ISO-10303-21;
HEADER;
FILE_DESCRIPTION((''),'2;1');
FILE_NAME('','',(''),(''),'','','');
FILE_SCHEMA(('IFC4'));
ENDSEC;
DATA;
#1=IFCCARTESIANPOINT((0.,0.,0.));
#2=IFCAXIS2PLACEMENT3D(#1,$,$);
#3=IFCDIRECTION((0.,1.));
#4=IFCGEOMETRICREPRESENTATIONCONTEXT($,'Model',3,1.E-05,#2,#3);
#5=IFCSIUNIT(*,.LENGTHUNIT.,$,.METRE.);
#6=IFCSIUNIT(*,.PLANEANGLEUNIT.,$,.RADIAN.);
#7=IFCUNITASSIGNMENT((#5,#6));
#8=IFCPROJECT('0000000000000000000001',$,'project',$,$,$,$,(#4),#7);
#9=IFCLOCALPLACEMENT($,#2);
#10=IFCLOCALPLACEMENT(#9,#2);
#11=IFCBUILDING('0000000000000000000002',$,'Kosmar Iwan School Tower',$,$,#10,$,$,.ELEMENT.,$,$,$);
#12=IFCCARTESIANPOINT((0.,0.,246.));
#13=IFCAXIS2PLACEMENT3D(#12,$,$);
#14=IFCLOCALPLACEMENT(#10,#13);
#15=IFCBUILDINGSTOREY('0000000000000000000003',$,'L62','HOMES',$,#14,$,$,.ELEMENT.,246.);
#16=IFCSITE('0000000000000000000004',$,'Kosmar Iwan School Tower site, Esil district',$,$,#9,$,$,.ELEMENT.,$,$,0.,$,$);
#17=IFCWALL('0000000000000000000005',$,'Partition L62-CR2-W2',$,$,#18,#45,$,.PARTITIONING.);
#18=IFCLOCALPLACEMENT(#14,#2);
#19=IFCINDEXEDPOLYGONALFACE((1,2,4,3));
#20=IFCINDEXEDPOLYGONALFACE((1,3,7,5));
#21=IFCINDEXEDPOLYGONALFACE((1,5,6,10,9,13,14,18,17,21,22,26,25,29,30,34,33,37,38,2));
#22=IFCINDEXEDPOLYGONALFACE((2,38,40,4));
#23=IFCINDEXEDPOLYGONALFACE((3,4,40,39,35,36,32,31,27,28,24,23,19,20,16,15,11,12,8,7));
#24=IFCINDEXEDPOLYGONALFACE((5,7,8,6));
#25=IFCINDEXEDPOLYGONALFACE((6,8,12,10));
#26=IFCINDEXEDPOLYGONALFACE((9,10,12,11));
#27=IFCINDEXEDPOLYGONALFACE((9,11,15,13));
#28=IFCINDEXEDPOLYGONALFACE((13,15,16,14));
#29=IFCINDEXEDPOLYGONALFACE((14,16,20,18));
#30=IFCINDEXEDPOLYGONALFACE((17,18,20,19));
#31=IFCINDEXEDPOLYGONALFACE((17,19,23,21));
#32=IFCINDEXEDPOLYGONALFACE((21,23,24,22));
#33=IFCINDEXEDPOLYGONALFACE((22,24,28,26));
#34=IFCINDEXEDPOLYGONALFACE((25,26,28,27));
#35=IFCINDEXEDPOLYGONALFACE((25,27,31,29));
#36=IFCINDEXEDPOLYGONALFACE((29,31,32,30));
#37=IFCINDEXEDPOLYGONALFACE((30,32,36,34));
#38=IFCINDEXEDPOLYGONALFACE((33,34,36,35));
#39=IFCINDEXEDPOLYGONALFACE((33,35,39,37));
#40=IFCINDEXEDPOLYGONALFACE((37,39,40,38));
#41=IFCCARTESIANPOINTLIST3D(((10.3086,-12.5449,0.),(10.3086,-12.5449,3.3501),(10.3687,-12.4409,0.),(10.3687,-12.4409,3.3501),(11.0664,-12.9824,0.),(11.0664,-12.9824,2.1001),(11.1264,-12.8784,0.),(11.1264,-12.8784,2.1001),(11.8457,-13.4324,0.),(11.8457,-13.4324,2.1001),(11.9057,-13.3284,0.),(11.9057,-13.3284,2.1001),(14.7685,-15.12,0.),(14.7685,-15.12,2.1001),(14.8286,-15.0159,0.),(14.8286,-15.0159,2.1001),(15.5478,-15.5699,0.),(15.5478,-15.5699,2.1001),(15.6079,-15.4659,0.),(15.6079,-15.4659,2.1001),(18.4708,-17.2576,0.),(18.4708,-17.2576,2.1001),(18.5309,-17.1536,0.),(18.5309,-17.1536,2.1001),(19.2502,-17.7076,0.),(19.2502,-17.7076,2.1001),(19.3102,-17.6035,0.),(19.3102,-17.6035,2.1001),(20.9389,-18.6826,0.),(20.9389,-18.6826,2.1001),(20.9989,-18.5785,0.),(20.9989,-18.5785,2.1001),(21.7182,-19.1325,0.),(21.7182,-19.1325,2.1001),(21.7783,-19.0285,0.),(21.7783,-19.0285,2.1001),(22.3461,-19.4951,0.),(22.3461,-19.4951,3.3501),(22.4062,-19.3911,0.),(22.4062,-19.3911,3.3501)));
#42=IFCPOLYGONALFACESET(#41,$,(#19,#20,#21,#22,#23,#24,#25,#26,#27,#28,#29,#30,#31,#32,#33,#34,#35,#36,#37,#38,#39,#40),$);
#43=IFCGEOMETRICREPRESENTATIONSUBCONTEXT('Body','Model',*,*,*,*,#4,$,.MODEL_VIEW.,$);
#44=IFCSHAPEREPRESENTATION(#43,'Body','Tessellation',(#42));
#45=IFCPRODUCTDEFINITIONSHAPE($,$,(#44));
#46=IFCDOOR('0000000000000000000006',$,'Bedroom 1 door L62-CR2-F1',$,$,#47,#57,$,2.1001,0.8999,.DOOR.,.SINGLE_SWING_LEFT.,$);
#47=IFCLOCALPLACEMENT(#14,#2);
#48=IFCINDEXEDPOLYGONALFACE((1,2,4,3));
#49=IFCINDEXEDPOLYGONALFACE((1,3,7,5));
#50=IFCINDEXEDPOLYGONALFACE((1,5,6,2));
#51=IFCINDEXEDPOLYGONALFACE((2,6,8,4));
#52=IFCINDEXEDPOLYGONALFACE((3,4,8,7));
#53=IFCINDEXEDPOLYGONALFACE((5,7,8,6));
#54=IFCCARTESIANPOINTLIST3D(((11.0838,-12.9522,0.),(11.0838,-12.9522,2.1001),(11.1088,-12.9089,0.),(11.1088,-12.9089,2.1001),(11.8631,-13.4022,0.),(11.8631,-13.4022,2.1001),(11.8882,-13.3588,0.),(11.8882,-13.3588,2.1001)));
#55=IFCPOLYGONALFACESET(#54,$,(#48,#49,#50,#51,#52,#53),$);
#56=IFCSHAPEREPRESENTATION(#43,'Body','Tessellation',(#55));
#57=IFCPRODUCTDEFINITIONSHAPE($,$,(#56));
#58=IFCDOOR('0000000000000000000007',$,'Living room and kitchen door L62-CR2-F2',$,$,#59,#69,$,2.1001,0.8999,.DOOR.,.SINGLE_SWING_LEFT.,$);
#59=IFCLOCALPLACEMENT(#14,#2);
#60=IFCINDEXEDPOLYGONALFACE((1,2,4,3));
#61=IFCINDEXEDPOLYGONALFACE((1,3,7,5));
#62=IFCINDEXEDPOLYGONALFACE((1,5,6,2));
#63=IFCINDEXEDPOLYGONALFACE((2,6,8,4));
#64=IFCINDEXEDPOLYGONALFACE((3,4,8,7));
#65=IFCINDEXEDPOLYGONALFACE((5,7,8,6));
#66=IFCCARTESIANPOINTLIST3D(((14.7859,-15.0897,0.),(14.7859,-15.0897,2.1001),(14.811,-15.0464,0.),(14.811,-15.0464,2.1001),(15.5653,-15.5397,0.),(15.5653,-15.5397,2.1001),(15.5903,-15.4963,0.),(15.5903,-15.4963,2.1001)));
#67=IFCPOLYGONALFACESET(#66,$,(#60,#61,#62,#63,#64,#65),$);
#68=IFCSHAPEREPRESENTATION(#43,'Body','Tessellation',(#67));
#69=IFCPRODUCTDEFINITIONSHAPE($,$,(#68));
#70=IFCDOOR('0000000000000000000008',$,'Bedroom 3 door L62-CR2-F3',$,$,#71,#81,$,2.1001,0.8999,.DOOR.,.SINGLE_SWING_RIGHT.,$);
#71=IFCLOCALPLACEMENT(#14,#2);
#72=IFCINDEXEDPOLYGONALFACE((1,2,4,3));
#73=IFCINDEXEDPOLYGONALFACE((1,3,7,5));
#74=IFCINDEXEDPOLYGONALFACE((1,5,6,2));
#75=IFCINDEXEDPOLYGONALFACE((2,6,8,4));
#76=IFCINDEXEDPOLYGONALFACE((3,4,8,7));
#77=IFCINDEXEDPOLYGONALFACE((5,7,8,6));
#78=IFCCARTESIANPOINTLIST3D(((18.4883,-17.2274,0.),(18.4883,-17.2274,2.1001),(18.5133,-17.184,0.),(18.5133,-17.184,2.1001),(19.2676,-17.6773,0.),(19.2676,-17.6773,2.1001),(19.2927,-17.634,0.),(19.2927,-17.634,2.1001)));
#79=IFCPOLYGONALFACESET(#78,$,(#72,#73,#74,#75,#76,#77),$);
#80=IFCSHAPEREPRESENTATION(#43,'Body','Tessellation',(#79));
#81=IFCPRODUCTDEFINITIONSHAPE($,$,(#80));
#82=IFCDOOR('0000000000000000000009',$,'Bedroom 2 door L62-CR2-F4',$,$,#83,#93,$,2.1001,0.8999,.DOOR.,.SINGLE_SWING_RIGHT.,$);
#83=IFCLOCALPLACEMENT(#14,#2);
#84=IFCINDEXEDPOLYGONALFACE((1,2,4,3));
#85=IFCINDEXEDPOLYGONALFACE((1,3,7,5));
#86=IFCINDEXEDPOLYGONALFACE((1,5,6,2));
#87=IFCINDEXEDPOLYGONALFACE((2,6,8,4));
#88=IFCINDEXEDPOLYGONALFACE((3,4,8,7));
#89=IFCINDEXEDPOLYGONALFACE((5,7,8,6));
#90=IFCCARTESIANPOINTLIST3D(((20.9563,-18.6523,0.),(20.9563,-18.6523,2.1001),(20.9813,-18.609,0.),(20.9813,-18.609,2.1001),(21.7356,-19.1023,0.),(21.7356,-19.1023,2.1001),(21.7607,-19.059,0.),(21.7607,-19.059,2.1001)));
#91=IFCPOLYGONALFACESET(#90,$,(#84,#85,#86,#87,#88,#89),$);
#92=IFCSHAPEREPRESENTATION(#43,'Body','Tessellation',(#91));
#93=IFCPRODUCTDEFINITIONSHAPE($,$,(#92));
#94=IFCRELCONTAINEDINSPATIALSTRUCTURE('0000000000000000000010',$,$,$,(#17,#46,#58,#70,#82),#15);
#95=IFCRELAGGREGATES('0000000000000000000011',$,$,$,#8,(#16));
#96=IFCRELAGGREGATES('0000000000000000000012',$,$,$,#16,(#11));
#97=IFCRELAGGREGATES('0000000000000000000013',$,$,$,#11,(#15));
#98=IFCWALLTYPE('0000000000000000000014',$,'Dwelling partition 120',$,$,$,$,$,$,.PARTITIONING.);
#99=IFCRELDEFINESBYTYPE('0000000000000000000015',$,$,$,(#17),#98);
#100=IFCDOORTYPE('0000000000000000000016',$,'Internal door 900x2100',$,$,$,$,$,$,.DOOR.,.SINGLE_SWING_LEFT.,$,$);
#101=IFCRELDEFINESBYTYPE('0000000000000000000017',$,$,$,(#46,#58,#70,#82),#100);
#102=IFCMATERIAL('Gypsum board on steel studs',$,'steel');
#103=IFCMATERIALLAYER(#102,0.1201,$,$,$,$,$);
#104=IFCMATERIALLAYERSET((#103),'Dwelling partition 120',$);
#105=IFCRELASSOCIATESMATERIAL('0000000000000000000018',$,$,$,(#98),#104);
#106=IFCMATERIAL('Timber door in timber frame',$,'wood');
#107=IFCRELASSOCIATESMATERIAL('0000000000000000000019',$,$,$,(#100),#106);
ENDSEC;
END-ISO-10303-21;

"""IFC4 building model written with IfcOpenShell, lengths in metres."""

from ifc_helpers import new_model, si_unit, direction, frame, frame_2d, origin, place, context, subcontext, project, spatial, rectangle, extrude, material, layer, layer_set, type_object, element, fill, save


model = new_model("IFC4")

# Units and contexts
model_context = context("Model", 3, precision=1e-05, world=origin(), true_north=direction((0.0, 1.0)))
body_context = subcontext(model_context, "Body", "Model", "MODEL_VIEW")
ifc_project = project(units=[si_unit("LENGTHUNIT", "METRE"), si_unit("PLANEANGLEUNIT", "RADIAN")], contexts=[model_context])

# Site, building, storey
site_placement = place(None, origin())
site = spatial("IfcSite", under=ifc_project, at=site_placement, Name="Kosmar Iwan School Tower site, Esil district", CompositionType="ELEMENT", RefElevation=0.0)
building_placement = place(site_placement, origin())
building = spatial("IfcBuilding", under=site, at=building_placement, Name="Kosmar Iwan School Tower", CompositionType="ELEMENT")
storey_placement = place(building_placement, frame((0.0, 0.0, 246.0)))
storey = spatial("IfcBuildingStorey", under=building, at=storey_placement, Name="L62", Description="HOMES", CompositionType="ELEMENT", Elevation=246.0)

# Shared definitions
ifc_material_1 = material(Name="Gypsum board on steel studs", Category="steel")
ifc_layer = layer(ifc_material_1, 0.1201)
ifc_layer_set = layer_set([ifc_layer], Name="Dwelling partition 120")
wall_type = type_object("IfcWallType", Name="Dwelling partition 120", PredefinedType="PARTITIONING", material=ifc_layer_set)
ifc_material_2 = material(Name="Timber door in timber frame", Category="wood")
door_type_1 = type_object("IfcDoorType", Name="Internal door 900x2100", OperationType="SINGLE_SWING_LEFT", PredefinedType="DOOR", material=ifc_material_2)

# Wall, openings, doors
wall_1_placement = place(storey_placement, frame((10.3386, -12.4929, 0.0), z_axis=(0.0, 0.0, 1.0), x_axis=(0.866017, -0.500015, 0.0)))
wall_1 = element("IfcWall", 1, at=wall_1_placement, inside=storey, type_object=wall_type, Name="Partition L62-CR2-W2", PredefinedType="PARTITIONING", context=body_context, shape_type="SweptSolid", body=[
    extrude(rectangle(XDim=13.8999, YDim=0.1201, at=frame_2d((6.95, 0.0))), origin(), (0.0, 0.0, 1.0), 3.3501),
])
opening_1_placement = place(wall_1_placement, frame((0.875, 0.0, 0.0)))
opening_1 = element("IfcOpeningElement", 2, at=opening_1_placement, cuts=wall_1, PredefinedType="OPENING", context=body_context, shape_type="SweptSolid", body=[
    extrude(rectangle(XDim=0.8999, YDim=2.1001, at=frame_2d((0.45, 1.05))), frame((0.0, 0.072, 0.0), z_axis=(0.0, -1.0, 0.0), x_axis=(1.0, 0.0, 0.0)), (0.0, 0.0, 1.0), 0.144),
])
opening_2_placement = place(wall_1_placement, frame((5.1499, 0.0, 0.0)))
opening_2 = element("IfcOpeningElement", 3, at=opening_2_placement, cuts=wall_1, PredefinedType="OPENING", context=body_context, shape_type="SweptSolid", body=[
    extrude(rectangle(XDim=0.8999, YDim=2.1001, at=frame_2d((0.45, 1.05))), frame((0.0, 0.072, 0.0), z_axis=(0.0, -1.0, 0.0), x_axis=(1.0, 0.0, 0.0)), (0.0, 0.0, 1.0), 0.144),
])
opening_3_placement = place(wall_1_placement, frame((9.425, 0.0, 0.0)))
opening_3 = element("IfcOpeningElement", 4, at=opening_3_placement, cuts=wall_1, PredefinedType="OPENING", context=body_context, shape_type="SweptSolid", body=[
    extrude(rectangle(XDim=0.8999, YDim=2.1001, at=frame_2d((0.45, 1.05))), frame((0.0, 0.072, 0.0), z_axis=(0.0, -1.0, 0.0), x_axis=(1.0, 0.0, 0.0)), (0.0, 0.0, 1.0), 0.144),
])
opening_4_placement = place(wall_1_placement, frame((12.2749, 0.0, 0.0)))
opening_4 = element("IfcOpeningElement", 5, at=opening_4_placement, cuts=wall_1, PredefinedType="OPENING", context=body_context, shape_type="SweptSolid", body=[
    extrude(rectangle(XDim=0.8999, YDim=2.1001, at=frame_2d((0.45, 1.05))), frame((0.0, 0.072, 0.0), z_axis=(0.0, -1.0, 0.0), x_axis=(1.0, 0.0, 0.0)), (0.0, 0.0, 1.0), 0.144),
])
door_1_placement = place(opening_1_placement, origin())
door_1 = element("IfcDoor", 6, at=door_1_placement, inside=storey, type_object=door_type_1, Name="Bedroom 1 door L62-CR2-F1", OperationType="SINGLE_SWING_LEFT", OverallHeight=2.1001, OverallWidth=0.8999, PredefinedType="DOOR", context=body_context, shape_type="SweptSolid", body=[
    extrude(rectangle(XDim=0.8999, YDim=2.1001, at=frame_2d((0.45, 1.05))), frame((0.0, 0.0249, 0.0), z_axis=(0.0, -1.0, 0.0), x_axis=(1.0, 0.0, 0.0)), (0.0, 0.0, 1.0), 0.05),
])
fill(opening_1, door_1)
door_2_placement = place(opening_2_placement, origin())
door_2 = element("IfcDoor", 7, at=door_2_placement, inside=storey, type_object=door_type_1, Name="Living room and kitchen door L62-CR2-F2", OperationType="SINGLE_SWING_LEFT", OverallHeight=2.1001, OverallWidth=0.8999, PredefinedType="DOOR", context=body_context, shape_type="SweptSolid", body=[
    extrude(rectangle(XDim=0.8999, YDim=2.1001, at=frame_2d((0.45, 1.05))), frame((0.0, 0.0249, 0.0), z_axis=(0.0, -1.0, 0.0), x_axis=(1.0, 0.0, 0.0)), (0.0, 0.0, 1.0), 0.05),
])
fill(opening_2, door_2)
door_3_placement = place(opening_3_placement, origin())
door_3 = element("IfcDoor", 8, at=door_3_placement, inside=storey, type_object=door_type_1, Name="Bedroom 3 door L62-CR2-F3", OperationType="SINGLE_SWING_RIGHT", OverallHeight=2.1001, OverallWidth=0.8999, PredefinedType="DOOR", context=body_context, shape_type="SweptSolid", body=[
    extrude(rectangle(XDim=0.8999, YDim=2.1001, at=frame_2d((0.45, 1.05))), frame((0.0, 0.0249, 0.0), z_axis=(0.0, -1.0, 0.0), x_axis=(1.0, 0.0, 0.0)), (0.0, 0.0, 1.0), 0.05),
])
fill(opening_3, door_3)
door_4_placement = place(opening_4_placement, origin())
door_4 = element("IfcDoor", 9, at=door_4_placement, inside=storey, type_object=door_type_1, Name="Bedroom 2 door L62-CR2-F4", OperationType="SINGLE_SWING_RIGHT", OverallHeight=2.1001, OverallWidth=0.8999, PredefinedType="DOOR", context=body_context, shape_type="SweptSolid", body=[
    extrude(rectangle(XDim=0.8999, YDim=2.1001, at=frame_2d((0.45, 1.05))), frame((0.0, 0.0249, 0.0), z_axis=(0.0, -1.0, 0.0), x_axis=(1.0, 0.0, 0.0)), (0.0, 0.0, 1.0), 0.05),
])
fill(opening_4, door_4)

save(model, "model.ifc")
